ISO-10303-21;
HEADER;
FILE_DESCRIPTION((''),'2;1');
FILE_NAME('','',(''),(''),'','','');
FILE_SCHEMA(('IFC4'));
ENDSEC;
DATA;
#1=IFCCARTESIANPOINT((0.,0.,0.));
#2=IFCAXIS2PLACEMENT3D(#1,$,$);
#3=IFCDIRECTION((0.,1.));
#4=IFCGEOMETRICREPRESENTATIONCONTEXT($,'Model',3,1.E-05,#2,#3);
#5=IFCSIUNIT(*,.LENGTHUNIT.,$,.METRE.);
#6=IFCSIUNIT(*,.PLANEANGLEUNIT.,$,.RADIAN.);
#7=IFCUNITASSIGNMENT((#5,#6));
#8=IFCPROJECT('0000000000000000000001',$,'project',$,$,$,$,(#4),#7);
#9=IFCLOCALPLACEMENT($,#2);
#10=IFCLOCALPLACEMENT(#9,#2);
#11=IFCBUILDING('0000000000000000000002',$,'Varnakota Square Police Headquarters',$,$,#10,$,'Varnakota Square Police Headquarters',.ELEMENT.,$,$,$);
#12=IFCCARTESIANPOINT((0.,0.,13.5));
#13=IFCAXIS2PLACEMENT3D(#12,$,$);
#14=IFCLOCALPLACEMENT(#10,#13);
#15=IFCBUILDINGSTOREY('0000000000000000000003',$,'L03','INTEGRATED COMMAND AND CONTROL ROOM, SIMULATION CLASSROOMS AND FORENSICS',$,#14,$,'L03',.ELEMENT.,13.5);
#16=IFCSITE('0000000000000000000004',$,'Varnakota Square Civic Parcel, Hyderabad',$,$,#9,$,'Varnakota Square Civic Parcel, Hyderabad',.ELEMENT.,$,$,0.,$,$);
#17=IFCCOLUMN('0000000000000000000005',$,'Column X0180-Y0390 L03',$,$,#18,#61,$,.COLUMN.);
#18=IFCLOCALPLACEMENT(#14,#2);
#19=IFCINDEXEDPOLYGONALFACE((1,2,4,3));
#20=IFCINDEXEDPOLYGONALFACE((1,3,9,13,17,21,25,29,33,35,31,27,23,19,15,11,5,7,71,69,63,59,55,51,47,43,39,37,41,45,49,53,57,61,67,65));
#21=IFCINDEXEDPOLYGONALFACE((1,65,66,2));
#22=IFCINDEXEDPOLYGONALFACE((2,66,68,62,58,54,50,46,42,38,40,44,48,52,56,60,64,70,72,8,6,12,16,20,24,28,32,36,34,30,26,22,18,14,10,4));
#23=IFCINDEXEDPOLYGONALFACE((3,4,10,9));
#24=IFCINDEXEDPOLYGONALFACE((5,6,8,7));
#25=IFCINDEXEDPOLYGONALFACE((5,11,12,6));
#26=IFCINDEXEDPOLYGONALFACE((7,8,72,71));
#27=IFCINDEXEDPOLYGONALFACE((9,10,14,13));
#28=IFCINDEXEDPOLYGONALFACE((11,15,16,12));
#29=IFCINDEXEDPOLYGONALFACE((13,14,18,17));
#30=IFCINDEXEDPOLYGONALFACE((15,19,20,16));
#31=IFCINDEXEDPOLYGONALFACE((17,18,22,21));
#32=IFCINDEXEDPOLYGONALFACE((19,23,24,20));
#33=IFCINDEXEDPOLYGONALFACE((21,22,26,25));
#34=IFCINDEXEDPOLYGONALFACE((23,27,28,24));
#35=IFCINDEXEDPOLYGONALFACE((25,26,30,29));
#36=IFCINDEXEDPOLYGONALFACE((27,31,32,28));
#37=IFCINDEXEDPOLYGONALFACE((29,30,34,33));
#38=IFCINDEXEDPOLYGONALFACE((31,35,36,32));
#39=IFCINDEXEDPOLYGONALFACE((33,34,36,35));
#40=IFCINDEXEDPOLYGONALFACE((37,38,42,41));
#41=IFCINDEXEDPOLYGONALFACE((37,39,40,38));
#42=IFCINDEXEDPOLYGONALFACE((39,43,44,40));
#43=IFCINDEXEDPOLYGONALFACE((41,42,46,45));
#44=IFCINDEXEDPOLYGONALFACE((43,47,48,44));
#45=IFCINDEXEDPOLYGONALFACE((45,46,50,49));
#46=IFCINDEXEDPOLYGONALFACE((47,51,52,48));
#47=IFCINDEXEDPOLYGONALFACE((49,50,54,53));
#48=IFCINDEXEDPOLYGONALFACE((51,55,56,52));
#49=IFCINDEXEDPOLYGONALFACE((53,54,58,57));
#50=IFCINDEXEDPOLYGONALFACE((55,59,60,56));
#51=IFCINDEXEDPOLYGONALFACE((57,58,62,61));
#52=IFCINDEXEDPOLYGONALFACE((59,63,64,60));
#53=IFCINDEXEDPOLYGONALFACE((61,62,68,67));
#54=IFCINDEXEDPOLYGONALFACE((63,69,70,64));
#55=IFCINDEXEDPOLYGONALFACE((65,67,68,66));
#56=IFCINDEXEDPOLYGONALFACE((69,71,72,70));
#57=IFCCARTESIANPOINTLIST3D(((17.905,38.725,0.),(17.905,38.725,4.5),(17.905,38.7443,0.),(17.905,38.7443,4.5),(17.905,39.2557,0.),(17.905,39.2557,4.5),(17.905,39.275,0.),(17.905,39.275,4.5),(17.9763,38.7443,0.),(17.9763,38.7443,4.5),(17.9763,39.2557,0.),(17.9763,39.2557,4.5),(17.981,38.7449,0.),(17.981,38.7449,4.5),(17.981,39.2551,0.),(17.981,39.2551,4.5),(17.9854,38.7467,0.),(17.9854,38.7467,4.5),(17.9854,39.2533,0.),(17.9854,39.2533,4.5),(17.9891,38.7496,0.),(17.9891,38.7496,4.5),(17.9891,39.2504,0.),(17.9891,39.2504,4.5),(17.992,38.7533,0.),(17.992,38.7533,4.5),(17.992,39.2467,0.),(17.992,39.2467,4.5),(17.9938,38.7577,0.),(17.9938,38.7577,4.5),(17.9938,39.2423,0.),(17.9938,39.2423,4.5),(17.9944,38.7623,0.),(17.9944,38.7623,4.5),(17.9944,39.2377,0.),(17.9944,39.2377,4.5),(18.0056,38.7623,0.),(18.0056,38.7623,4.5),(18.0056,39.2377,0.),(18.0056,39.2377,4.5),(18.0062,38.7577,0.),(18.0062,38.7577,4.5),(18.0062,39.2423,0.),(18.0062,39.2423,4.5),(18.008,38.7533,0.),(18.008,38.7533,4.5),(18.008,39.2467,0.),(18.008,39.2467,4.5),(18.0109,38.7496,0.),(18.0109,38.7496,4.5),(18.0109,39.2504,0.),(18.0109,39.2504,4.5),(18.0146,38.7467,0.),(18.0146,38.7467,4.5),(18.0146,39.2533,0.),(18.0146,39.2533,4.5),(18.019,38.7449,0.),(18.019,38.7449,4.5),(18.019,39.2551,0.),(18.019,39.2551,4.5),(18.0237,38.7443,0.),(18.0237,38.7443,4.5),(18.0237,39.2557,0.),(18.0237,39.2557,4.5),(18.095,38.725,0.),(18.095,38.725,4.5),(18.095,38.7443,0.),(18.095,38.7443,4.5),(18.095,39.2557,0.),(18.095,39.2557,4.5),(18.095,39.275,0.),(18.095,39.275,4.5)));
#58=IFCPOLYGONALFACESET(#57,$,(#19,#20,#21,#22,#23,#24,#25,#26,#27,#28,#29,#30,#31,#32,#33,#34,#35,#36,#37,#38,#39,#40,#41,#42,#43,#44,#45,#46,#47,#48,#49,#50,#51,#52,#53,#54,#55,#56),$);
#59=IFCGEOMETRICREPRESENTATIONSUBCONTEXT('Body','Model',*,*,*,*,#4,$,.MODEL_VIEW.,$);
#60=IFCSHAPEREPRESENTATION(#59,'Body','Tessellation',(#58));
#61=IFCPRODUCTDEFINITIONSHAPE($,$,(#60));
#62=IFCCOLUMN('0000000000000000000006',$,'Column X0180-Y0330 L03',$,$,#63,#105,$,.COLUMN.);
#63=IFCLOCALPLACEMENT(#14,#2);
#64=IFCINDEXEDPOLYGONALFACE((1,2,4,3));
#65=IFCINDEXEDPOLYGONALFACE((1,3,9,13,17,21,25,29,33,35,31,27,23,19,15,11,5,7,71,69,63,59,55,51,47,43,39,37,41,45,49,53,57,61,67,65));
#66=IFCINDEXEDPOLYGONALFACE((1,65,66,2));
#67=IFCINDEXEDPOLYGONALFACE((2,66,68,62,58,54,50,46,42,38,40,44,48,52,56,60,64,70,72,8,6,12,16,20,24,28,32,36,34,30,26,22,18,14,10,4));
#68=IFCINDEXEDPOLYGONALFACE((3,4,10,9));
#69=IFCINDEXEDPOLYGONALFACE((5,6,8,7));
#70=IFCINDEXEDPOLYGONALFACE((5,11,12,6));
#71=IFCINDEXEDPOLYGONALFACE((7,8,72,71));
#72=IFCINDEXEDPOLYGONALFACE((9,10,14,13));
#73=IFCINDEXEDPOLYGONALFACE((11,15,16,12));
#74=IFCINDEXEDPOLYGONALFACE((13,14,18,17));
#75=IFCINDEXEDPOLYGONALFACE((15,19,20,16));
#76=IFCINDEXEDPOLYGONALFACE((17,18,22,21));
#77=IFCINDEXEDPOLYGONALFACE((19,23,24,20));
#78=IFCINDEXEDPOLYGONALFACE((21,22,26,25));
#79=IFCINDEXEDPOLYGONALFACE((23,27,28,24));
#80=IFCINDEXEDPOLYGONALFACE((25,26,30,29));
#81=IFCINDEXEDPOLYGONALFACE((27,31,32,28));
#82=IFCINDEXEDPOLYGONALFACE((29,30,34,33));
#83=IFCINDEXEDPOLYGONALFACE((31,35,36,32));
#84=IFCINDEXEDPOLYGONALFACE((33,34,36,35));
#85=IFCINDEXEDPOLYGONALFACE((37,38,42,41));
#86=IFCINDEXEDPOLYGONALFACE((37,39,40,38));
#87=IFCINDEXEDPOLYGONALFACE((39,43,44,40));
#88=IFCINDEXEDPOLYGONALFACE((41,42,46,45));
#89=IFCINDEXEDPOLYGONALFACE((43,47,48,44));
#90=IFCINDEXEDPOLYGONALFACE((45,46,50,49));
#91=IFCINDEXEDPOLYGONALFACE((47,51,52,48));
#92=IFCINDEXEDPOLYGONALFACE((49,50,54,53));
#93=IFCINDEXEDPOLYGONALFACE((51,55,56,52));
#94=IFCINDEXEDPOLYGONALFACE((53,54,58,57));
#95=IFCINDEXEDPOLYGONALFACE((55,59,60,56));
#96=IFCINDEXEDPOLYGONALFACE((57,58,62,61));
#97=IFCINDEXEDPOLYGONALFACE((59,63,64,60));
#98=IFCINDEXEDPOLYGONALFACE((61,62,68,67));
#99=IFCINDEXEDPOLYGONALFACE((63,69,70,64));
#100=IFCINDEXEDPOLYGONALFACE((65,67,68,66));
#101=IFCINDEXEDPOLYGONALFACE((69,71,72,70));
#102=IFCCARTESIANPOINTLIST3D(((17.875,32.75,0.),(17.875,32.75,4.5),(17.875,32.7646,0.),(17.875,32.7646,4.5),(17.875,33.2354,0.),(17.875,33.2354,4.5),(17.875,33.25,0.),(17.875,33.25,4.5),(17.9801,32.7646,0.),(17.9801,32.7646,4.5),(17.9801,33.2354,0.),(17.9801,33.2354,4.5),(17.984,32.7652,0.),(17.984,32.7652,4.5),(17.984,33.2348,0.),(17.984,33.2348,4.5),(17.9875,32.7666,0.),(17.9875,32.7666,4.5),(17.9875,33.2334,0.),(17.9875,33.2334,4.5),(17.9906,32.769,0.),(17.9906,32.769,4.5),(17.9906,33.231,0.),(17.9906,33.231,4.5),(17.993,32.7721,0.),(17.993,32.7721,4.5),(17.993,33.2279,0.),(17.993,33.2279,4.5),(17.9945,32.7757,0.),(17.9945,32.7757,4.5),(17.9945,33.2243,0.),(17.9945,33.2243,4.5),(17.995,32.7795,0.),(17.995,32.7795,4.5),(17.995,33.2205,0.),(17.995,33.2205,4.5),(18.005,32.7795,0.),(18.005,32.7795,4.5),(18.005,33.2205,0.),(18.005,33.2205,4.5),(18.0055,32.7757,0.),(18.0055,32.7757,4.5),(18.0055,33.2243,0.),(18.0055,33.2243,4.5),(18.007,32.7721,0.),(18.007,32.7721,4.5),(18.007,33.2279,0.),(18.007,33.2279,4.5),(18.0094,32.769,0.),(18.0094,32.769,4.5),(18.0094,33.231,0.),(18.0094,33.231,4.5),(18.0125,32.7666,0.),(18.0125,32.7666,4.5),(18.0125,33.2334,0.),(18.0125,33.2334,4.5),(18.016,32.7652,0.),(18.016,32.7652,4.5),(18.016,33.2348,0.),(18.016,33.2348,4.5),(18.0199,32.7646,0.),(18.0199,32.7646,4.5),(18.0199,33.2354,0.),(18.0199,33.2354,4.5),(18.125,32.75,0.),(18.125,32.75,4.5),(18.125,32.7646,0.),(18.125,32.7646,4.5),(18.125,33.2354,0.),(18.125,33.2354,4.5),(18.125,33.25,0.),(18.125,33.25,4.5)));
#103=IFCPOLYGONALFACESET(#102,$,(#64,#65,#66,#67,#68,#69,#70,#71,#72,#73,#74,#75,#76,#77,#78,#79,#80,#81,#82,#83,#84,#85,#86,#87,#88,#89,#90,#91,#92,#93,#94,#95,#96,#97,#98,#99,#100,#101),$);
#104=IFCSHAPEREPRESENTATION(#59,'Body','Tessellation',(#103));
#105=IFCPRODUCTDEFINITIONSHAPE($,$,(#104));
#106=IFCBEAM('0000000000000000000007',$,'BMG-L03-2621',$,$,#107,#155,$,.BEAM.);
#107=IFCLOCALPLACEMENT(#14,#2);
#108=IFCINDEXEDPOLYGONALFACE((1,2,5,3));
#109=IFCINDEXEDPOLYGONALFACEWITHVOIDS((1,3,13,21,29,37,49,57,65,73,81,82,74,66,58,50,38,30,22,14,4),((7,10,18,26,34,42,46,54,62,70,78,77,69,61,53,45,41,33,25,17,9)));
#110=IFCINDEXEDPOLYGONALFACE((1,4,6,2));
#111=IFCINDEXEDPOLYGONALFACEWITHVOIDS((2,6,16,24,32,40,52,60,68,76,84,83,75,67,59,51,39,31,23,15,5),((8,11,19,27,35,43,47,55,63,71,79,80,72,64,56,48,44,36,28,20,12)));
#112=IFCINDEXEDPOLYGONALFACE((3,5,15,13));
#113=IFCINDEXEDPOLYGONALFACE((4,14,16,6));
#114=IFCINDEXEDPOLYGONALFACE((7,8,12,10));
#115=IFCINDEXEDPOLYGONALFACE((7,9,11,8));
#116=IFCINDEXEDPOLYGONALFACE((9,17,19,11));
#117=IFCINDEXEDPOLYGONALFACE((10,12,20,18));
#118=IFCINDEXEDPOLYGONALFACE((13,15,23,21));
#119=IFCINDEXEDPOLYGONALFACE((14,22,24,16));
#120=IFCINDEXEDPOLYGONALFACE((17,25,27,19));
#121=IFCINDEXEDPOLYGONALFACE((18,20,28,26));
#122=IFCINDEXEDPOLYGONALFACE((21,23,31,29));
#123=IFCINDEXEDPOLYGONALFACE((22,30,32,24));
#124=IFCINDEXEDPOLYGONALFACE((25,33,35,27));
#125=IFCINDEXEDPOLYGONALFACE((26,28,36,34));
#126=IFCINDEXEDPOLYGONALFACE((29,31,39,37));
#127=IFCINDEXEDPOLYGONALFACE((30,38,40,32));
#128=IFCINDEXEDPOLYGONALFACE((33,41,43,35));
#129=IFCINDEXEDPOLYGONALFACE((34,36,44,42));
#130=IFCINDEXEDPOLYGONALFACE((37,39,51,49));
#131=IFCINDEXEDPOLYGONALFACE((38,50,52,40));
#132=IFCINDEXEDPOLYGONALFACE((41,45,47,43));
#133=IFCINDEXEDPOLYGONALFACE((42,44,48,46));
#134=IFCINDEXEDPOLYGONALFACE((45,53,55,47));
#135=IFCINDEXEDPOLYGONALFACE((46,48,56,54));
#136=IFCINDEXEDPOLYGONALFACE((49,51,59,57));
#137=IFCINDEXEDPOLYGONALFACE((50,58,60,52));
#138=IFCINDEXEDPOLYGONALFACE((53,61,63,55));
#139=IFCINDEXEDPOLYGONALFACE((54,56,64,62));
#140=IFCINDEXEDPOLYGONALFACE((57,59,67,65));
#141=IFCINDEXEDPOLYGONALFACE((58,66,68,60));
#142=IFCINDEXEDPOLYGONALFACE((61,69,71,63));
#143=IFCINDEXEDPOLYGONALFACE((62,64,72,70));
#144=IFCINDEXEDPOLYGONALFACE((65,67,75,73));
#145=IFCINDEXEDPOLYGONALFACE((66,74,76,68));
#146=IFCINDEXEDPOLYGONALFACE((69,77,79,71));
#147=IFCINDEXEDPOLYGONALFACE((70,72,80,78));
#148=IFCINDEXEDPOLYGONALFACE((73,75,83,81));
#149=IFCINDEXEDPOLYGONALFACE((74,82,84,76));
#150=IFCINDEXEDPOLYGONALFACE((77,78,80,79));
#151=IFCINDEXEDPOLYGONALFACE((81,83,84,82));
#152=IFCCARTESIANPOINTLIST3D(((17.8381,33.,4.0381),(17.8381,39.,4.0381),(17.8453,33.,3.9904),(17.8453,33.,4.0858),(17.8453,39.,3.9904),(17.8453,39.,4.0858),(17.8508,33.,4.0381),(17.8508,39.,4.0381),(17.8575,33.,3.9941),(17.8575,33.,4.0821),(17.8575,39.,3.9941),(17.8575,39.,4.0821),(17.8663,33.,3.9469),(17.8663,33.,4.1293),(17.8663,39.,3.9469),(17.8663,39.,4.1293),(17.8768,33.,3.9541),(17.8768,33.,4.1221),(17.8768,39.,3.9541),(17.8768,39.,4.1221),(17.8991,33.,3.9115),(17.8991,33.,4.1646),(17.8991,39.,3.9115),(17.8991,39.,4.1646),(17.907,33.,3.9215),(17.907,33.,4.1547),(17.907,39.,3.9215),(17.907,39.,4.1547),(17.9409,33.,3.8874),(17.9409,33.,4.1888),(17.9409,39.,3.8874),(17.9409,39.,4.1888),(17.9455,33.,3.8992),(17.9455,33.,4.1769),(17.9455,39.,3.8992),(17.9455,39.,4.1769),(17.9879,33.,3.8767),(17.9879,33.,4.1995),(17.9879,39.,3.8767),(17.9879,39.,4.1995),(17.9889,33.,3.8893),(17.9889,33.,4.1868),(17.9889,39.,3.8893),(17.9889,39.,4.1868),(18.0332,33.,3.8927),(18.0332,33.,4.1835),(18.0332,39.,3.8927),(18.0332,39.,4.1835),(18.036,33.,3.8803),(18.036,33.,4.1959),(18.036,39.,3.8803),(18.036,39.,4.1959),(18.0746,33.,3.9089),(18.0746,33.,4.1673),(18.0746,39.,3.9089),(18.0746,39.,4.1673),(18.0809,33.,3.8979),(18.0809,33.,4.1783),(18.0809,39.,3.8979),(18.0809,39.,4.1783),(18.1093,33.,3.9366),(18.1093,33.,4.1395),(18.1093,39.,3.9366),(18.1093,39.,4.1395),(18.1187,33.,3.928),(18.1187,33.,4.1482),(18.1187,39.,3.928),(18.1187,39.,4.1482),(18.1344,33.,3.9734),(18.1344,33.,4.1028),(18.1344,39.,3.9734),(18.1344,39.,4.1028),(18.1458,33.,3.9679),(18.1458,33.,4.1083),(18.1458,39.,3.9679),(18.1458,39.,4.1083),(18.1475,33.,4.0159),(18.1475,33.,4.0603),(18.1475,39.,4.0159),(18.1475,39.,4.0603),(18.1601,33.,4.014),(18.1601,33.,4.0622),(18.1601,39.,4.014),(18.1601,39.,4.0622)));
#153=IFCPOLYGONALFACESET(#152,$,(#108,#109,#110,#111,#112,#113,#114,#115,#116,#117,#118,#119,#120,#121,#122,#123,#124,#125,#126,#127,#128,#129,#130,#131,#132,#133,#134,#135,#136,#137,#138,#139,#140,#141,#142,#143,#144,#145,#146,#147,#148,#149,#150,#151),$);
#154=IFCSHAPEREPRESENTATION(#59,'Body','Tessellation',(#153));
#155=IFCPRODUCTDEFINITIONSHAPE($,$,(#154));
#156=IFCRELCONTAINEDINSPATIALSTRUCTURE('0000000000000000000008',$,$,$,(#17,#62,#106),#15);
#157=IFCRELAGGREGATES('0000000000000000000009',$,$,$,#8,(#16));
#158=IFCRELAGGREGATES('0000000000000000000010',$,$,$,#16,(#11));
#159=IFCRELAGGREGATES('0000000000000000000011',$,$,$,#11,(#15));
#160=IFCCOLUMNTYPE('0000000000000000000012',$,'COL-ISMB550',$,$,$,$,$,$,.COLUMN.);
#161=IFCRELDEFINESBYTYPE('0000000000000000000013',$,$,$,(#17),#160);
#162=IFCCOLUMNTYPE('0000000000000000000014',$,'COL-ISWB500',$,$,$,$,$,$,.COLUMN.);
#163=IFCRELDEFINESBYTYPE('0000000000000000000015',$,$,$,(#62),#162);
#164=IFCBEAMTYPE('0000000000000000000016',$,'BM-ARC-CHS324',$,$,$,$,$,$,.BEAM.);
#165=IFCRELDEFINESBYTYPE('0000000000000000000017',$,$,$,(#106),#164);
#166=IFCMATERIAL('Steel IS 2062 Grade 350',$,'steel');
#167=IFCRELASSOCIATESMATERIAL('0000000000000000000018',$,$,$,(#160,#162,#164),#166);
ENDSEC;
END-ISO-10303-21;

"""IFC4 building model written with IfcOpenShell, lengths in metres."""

from ifc_helpers import new_model, si_unit, direction, frame, origin, origin_2d, place, context, subcontext, project, spatial, hollow_circle, i_section, extrude, material, material_profile, profile_set, type_object, element, save


model = new_model("IFC4")

# Units and contexts
model_context = context("Model", 3, precision=1e-05, world=origin(), true_north=direction((0.0, 1.0)))
body_context = subcontext(model_context, "Body", "Model", "MODEL_VIEW")
ifc_project = project(units=[si_unit("LENGTHUNIT", "METRE"), si_unit("PLANEANGLEUNIT", "RADIAN")], contexts=[model_context])

# Site, building, storey
site_placement = place(None, origin())
site = spatial("IfcSite", under=ifc_project, at=site_placement, Name="Varnakota Square Civic Parcel, Hyderabad", LongName="Varnakota Square Civic Parcel, Hyderabad", CompositionType="ELEMENT", RefElevation=0.0)
building_placement = place(site_placement, origin())
building = spatial("IfcBuilding", under=site, at=building_placement, Name="Varnakota Square Police Headquarters", LongName="Varnakota Square Police Headquarters", CompositionType="ELEMENT")
storey_placement = place(building_placement, frame((0.0, 0.0, 13.5)))
storey = spatial("IfcBuildingStorey", under=building, at=storey_placement, Name="L03", Description="INTEGRATED COMMAND AND CONTROL ROOM, SIMULATION CLASSROOMS AND FORENSICS", LongName="L03", CompositionType="ELEMENT", Elevation=13.5)

# Columns
ifc_material_1 = material(Name="Steel IS 2062 Grade 350", Category="steel")
ifc_material_profile_1 = material_profile(ifc_material_1, i_section(OverallWidth=0.1899, OverallDepth=0.55, WebThickness=0.0112, FlangeThickness=0.0193, FilletRadius=0.0181, at=origin_2d()), Name="ISMB 550")
ifc_profile_set_1 = profile_set([ifc_material_profile_1], Name="Steel IS 2062 Grade 350")
column_type_1 = type_object("IfcColumnType", Name="COL-ISMB550", PredefinedType="COLUMN", material=ifc_profile_set_1)
column_1_placement = place(storey_placement, frame((18.0, 39.0, 0.0), z_axis=(0.0, 0.0, 1.0), x_axis=(1.0, 0.0, 0.0)))
element("IfcColumn", 1, at=column_1_placement, inside=storey, type_object=column_type_1, Name="Column X0180-Y0390 L03", PredefinedType="COLUMN", context=body_context, shape_type="SweptSolid", body=[
    extrude(i_section(OverallWidth=0.1899, OverallDepth=0.55, WebThickness=0.0112, FlangeThickness=0.0193, FilletRadius=0.0181, at=origin_2d()), origin(), (0.0, 0.0, 1.0), 4.5),
])
ifc_material_profile_2 = material_profile(ifc_material_1, i_section(OverallWidth=0.25, OverallDepth=0.5, WebThickness=0.01, FlangeThickness=0.0146, FilletRadius=0.0149, at=origin_2d()), Name="ISWB 500")
ifc_profile_set_2 = profile_set([ifc_material_profile_2], Name="Steel IS 2062 Grade 350")
column_type_2 = type_object("IfcColumnType", Name="COL-ISWB500", PredefinedType="COLUMN", material=ifc_profile_set_2)
column_2_placement = place(storey_placement, frame((18.0, 33.0, 0.0), z_axis=(0.0, 0.0, 1.0), x_axis=(1.0, 0.0, 0.0)))
element("IfcColumn", 2, at=column_2_placement, inside=storey, type_object=column_type_2, Name="Column X0180-Y0330 L03", PredefinedType="COLUMN", context=body_context, shape_type="SweptSolid", body=[
    extrude(i_section(OverallWidth=0.25, OverallDepth=0.5, WebThickness=0.01, FlangeThickness=0.0146, FilletRadius=0.0149, at=origin_2d()), origin(), (0.0, 0.0, 1.0), 4.5),
])

# Beam
ifc_material_profile_3 = material_profile(ifc_material_1, hollow_circle(Radius=0.1619, WallThickness=0.0127, at=origin_2d()), Name="CHS 323.9x12.7")
ifc_profile_set_3 = profile_set([ifc_material_profile_3], Name="Steel IS 2062 Grade 350")
beam_type_1 = type_object("IfcBeamType", Name="BM-ARC-CHS324", PredefinedType="BEAM", material=ifc_profile_set_3)
beam_1_placement = place(storey_placement, frame((18.0, 33.0, 4.0381), z_axis=(0.0, 1.0, 0.0), x_axis=(-1.0, 0.0, 0.0)))
element("IfcBeam", 3, at=beam_1_placement, inside=storey, type_object=beam_type_1, Name="BMG-L03-2621", PredefinedType="BEAM", context=body_context, shape_type="SweptSolid", body=[
    extrude(hollow_circle(Radius=0.1619, WallThickness=0.0127, at=origin_2d()), origin(), (0.0, 0.0, 1.0), 6.0),
])

save(model, "model.ifc")
